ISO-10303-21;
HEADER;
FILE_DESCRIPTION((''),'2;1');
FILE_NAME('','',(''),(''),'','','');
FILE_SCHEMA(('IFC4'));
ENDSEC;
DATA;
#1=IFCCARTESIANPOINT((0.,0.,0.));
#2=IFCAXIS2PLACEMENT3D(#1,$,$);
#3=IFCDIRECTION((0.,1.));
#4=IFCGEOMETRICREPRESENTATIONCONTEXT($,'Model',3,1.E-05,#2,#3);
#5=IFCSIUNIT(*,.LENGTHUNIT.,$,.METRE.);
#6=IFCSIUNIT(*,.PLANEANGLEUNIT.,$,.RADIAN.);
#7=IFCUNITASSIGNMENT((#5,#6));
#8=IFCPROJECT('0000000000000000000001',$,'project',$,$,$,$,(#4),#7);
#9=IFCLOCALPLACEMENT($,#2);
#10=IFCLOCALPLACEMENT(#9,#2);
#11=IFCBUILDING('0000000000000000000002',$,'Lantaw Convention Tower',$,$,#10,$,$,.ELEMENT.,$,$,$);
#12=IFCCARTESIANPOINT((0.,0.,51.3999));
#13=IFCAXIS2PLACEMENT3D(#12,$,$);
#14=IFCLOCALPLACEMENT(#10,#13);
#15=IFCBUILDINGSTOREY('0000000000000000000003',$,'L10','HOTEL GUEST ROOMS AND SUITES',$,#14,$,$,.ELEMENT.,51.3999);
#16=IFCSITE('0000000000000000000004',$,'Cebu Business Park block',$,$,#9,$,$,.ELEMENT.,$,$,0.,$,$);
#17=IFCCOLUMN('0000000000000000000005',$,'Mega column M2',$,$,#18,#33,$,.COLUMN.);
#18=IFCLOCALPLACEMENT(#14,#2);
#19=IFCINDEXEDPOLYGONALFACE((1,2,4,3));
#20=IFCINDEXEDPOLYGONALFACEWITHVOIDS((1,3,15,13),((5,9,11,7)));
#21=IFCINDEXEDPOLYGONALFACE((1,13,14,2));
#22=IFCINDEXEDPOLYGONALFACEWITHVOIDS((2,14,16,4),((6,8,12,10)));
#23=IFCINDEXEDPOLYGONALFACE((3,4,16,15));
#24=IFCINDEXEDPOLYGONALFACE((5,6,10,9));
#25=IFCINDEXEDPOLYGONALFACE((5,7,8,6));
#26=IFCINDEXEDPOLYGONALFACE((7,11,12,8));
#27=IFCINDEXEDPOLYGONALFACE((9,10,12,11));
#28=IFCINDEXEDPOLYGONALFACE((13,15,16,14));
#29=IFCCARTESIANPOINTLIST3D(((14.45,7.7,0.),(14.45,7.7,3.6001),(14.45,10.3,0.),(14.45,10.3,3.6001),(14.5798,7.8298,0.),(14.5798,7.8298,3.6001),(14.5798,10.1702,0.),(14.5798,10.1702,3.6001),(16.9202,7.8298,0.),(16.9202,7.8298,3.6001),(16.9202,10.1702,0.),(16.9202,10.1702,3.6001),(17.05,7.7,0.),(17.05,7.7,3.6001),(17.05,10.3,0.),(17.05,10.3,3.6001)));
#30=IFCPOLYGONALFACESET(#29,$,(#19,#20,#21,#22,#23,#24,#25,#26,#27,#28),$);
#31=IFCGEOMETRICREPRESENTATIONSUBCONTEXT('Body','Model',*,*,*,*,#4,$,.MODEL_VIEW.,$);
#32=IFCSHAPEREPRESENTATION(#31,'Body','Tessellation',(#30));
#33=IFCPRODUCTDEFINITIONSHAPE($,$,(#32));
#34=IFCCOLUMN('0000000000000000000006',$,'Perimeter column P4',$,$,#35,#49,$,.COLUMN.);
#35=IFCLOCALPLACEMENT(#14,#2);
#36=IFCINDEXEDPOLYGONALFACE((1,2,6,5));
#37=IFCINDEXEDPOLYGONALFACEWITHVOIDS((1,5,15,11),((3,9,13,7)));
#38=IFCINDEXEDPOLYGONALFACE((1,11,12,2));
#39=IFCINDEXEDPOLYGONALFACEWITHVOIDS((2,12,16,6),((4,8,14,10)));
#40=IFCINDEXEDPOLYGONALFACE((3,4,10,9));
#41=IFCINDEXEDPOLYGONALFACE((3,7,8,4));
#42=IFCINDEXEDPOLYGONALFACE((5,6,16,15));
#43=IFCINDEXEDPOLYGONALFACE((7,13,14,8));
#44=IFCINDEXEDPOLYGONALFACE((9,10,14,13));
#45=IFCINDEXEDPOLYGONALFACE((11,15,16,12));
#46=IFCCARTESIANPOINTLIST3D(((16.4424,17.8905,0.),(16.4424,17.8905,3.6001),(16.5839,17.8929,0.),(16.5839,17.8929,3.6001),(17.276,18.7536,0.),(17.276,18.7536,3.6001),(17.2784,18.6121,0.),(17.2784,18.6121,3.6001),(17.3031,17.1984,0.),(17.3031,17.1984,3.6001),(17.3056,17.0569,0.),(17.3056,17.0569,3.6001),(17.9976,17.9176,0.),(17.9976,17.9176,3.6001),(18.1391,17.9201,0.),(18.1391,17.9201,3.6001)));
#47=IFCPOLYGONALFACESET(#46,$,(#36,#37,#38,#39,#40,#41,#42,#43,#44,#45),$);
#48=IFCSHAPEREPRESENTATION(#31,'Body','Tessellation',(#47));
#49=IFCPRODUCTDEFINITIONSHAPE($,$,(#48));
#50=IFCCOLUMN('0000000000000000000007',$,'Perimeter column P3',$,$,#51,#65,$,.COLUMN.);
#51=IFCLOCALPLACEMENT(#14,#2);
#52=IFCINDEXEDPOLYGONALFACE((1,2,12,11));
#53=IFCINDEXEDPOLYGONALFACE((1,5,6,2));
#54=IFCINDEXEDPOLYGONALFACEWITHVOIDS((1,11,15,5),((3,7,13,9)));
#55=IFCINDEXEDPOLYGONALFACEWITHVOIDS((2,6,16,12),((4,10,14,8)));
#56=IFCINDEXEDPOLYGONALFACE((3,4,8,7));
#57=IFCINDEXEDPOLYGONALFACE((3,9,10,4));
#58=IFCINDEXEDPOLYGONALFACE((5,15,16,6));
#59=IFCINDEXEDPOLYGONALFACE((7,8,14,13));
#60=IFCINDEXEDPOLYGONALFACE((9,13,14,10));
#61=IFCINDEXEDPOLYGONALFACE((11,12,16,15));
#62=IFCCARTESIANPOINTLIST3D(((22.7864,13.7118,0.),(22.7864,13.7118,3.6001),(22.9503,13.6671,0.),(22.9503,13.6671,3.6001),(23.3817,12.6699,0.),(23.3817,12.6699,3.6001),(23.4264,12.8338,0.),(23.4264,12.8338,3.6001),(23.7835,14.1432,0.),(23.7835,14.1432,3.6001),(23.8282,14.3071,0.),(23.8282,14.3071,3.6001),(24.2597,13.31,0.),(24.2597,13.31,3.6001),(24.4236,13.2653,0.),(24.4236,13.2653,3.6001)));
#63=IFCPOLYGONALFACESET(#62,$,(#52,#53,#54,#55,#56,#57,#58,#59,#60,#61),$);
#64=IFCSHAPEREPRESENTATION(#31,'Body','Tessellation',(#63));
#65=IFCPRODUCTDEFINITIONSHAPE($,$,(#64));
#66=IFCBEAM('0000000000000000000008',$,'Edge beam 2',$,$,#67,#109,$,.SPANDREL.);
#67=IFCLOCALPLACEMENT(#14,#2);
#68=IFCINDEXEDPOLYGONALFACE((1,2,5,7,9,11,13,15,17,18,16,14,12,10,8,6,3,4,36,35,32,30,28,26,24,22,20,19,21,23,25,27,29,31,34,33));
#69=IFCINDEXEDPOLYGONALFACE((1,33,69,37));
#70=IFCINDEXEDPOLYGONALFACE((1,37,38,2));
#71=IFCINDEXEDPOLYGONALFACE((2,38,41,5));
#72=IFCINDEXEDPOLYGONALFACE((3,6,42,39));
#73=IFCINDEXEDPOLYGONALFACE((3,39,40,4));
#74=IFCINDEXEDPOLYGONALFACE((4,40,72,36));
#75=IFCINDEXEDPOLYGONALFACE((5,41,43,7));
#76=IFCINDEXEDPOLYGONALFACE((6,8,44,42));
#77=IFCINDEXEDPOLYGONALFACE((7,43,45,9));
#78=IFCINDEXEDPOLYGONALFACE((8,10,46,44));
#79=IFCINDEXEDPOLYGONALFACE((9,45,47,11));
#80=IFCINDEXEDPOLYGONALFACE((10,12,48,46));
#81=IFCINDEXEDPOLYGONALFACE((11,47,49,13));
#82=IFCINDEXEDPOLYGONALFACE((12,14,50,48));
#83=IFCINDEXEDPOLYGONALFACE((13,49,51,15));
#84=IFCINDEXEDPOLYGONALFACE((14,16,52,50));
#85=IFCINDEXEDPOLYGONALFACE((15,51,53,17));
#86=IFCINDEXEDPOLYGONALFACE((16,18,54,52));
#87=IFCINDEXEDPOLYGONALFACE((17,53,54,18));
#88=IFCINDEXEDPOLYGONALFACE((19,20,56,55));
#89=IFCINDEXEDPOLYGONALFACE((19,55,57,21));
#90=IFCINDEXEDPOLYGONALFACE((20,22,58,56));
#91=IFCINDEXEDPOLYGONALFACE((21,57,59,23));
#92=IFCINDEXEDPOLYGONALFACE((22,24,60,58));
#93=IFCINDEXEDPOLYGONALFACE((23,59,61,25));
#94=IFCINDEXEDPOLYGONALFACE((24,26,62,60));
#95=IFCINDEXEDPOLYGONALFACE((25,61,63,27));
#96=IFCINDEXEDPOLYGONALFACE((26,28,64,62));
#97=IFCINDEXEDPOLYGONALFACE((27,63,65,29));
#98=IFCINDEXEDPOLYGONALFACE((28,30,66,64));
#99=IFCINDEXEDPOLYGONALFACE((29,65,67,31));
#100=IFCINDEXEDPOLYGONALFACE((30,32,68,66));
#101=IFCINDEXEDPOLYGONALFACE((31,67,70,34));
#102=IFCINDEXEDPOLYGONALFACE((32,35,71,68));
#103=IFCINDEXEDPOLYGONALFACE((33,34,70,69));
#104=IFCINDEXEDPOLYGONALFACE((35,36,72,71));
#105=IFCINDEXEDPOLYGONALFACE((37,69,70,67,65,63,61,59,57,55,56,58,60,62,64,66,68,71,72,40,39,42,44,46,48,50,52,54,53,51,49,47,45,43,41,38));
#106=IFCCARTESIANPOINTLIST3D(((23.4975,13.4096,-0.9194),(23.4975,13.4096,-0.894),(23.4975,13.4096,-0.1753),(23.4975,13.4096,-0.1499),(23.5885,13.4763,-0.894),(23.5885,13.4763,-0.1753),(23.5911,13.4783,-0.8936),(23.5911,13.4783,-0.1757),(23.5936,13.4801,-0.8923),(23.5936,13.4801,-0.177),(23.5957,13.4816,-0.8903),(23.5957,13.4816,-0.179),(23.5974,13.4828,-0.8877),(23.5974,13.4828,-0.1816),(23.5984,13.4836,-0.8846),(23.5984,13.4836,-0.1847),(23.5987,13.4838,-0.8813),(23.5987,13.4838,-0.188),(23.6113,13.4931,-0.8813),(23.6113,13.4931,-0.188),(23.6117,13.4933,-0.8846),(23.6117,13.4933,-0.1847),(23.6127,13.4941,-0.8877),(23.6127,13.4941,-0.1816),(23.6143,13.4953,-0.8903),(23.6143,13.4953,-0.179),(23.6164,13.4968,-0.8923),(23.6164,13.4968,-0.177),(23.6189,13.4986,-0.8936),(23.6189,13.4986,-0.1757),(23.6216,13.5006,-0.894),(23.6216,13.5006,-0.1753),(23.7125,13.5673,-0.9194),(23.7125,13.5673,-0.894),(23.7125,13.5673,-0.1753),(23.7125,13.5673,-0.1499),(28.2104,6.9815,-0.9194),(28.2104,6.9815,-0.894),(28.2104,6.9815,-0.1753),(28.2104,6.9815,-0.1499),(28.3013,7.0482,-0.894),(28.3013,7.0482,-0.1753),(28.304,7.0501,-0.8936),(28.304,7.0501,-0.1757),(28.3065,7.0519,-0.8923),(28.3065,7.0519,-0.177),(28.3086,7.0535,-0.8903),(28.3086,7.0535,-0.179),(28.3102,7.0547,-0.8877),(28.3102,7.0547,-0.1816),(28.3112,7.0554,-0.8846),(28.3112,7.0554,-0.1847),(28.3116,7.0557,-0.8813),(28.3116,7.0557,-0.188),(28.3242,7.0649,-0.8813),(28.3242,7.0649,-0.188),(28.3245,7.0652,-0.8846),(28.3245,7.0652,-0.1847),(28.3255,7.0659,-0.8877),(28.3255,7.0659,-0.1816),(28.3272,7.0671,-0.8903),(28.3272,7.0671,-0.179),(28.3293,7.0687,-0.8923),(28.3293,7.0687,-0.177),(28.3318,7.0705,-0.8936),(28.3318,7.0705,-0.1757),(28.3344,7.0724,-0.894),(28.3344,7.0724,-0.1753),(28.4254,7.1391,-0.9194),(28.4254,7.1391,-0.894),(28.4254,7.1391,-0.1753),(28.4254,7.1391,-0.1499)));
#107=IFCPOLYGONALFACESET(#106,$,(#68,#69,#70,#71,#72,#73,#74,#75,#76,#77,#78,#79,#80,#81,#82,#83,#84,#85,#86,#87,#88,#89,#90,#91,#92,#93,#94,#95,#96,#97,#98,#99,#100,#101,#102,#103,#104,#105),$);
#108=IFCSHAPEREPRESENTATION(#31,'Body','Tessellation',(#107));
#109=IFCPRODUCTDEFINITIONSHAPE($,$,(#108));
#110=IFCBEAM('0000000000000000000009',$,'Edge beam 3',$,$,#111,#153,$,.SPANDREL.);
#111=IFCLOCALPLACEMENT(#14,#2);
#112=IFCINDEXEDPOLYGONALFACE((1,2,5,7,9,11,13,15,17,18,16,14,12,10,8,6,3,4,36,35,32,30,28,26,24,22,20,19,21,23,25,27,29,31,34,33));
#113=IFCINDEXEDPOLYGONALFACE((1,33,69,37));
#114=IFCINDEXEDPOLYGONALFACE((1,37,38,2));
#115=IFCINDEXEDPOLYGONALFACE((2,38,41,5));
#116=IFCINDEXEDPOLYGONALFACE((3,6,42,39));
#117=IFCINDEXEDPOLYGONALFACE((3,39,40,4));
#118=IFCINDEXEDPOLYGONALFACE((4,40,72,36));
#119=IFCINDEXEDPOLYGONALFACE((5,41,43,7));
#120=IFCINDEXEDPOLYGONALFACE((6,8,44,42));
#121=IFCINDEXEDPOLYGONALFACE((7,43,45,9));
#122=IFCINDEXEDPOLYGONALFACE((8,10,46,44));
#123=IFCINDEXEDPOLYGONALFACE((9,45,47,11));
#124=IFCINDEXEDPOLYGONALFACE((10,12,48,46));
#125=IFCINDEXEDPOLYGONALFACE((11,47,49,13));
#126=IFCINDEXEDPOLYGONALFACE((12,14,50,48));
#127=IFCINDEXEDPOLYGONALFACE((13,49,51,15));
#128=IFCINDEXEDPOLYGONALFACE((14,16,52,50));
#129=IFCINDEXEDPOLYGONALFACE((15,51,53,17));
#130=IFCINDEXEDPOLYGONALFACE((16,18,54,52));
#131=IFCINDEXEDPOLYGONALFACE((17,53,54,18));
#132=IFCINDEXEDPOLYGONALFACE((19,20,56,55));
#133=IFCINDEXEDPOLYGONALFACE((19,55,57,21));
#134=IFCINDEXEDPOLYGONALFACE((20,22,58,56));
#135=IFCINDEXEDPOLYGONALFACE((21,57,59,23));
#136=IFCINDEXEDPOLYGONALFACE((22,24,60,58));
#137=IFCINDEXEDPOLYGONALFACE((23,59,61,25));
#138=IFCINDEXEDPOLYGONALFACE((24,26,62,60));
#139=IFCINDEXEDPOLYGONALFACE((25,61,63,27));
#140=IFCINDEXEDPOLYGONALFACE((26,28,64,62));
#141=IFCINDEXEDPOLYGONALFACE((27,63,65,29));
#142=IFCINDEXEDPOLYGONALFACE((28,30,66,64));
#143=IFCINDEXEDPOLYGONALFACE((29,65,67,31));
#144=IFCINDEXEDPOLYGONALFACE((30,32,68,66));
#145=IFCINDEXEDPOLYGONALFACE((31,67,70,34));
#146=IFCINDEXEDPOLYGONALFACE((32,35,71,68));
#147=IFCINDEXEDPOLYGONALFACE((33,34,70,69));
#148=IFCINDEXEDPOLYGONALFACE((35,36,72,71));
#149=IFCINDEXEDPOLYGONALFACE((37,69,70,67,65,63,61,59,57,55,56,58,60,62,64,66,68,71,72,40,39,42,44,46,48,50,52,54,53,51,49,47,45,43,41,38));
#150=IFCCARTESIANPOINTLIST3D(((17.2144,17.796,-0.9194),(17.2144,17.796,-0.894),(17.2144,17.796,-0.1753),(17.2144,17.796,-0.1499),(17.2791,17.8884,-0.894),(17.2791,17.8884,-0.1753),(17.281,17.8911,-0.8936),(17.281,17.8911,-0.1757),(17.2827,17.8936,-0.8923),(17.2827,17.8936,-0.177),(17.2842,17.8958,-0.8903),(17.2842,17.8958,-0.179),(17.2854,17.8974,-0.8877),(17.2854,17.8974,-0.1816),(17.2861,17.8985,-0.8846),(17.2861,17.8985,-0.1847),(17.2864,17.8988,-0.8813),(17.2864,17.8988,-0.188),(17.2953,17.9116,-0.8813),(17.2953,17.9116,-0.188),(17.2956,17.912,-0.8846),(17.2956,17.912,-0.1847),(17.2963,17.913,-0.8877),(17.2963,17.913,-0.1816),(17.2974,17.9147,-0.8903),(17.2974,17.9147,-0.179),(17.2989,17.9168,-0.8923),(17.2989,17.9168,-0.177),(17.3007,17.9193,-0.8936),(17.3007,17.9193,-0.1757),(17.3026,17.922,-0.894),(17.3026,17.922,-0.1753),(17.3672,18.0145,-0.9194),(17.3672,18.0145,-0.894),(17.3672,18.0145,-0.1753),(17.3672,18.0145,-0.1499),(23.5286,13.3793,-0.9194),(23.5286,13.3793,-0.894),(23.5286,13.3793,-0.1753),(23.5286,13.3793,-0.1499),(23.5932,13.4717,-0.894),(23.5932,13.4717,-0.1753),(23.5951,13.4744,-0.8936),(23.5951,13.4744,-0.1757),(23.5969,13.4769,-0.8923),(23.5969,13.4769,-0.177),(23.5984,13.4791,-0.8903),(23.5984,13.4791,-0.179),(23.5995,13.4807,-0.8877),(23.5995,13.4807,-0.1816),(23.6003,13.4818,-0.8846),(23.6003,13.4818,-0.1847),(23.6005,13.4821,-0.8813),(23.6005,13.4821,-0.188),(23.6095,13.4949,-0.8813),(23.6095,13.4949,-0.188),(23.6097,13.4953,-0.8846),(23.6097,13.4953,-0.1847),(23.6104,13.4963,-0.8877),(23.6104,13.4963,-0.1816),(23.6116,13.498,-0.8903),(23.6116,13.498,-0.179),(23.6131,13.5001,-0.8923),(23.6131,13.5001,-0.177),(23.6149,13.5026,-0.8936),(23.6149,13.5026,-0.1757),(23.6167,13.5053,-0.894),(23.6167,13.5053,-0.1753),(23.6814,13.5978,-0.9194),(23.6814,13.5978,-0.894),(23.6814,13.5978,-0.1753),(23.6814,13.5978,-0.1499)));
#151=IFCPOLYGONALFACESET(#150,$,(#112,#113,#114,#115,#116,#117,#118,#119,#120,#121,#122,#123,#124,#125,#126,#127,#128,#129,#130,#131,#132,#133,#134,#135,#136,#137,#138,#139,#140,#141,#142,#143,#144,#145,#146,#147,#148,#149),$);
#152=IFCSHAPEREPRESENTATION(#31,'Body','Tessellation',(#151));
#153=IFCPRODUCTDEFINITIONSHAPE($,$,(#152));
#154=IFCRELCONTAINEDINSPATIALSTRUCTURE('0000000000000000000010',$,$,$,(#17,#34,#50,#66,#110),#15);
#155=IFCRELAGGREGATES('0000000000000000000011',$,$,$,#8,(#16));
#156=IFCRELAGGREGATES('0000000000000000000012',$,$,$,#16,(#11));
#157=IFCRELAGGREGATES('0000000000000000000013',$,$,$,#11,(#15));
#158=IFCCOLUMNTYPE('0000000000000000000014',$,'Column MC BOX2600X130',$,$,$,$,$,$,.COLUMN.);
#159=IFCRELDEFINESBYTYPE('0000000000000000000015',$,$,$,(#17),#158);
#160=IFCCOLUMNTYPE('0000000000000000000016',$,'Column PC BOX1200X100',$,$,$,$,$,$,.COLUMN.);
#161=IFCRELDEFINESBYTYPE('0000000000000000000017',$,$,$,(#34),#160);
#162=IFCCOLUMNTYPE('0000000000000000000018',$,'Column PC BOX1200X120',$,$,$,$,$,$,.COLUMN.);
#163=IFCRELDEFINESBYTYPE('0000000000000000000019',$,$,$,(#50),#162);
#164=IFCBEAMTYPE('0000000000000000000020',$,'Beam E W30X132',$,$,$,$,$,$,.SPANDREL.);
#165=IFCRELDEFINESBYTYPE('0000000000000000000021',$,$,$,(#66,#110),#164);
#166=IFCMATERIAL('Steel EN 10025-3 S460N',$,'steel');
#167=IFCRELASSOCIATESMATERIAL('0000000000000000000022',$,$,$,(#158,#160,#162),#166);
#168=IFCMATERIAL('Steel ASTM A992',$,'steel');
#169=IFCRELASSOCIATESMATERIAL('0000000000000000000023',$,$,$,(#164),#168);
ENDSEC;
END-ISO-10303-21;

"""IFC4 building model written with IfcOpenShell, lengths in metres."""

from ifc_helpers import new_model, si_unit, direction, frame, origin, origin_2d, place, context, subcontext, project, spatial, rectangle, hollow_rectangle, i_section, extrude, material, material_profile, profile_set, type_object, element, save


model = new_model("IFC4")

# Units and contexts
model_context = context("Model", 3, precision=1e-05, world=origin(), true_north=direction((0.0, 1.0)))
body_context = subcontext(model_context, "Body", "Model", "MODEL_VIEW")
ifc_project = project(units=[si_unit("LENGTHUNIT", "METRE"), si_unit("PLANEANGLEUNIT", "RADIAN")], contexts=[model_context])

# Site, building, storey
site_placement = place(None, origin())
site = spatial("IfcSite", under=ifc_project, at=site_placement, Name="Cebu Business Park block", CompositionType="ELEMENT", RefElevation=0.0)
building_placement = place(site_placement, origin())
building = spatial("IfcBuilding", under=site, at=building_placement, Name="Lantaw Convention Tower", CompositionType="ELEMENT")
storey_placement = place(building_placement, frame((0.0, 0.0, 51.3999)))
storey = spatial("IfcBuildingStorey", under=building, at=storey_placement, Name="L10", Description="HOTEL GUEST ROOMS AND SUITES", CompositionType="ELEMENT", Elevation=51.3999)

# Columns
ifc_material_1 = material(Name="Steel EN 10025-3 S460N", Category="steel")
ifc_material_profile_1 = material_profile(ifc_material_1, hollow_rectangle(XDim=2.6001, YDim=2.6001, WallThickness=0.1299, at=origin_2d()), Name="BOX2600X130")
ifc_material_2 = material(Name="Concrete C60/75", Category="concrete")
ifc_material_profile_2 = material_profile(ifc_material_2, rectangle(XDim=2.3401, YDim=2.3401, at=origin_2d()), Name="Concrete fill of BOX2600X130")
ifc_profile_set_1 = profile_set([ifc_material_profile_1, ifc_material_profile_2], Name="Steel EN 10025-3 S460N")
column_type_1 = type_object("IfcColumnType", Name="Column MC BOX2600X130", PredefinedType="COLUMN", material=ifc_profile_set_1)
column_1_placement = place(storey_placement, frame((15.75, 9.0, 0.0), z_axis=(0.0, 0.0, 1.0), x_axis=(1.0, 0.0, 0.0)))
element("IfcColumn", 1, at=column_1_placement, inside=storey, type_object=column_type_1, Name="Mega column M2", PredefinedType="COLUMN", context=body_context, shape_type="SweptSolid", body=[
    extrude(hollow_rectangle(XDim=2.6001, YDim=2.6001, WallThickness=0.1299, at=origin_2d()), origin(), (0.0, 0.0, 1.0), 3.6001),
])
ifc_material_profile_3 = material_profile(ifc_material_1, hollow_rectangle(XDim=1.2, YDim=1.2, WallThickness=0.1001, at=origin_2d()), Name="BOX1200X100")
ifc_material_profile_4 = material_profile(ifc_material_2, rectangle(XDim=1.0, YDim=1.0, at=origin_2d()), Name="Concrete fill of BOX1200X100")
ifc_profile_set_2 = profile_set([ifc_material_profile_3, ifc_material_profile_4], Name="Steel EN 10025-3 S460N")
column_type_2 = type_object("IfcColumnType", Name="Column PC BOX1200X100", PredefinedType="COLUMN", material=ifc_profile_set_2)
column_2_placement = place(storey_placement, frame((17.2908, 17.9053, 0.0), z_axis=(0.0, 0.0, 1.0), x_axis=(0.694658, 0.71934, 0.0)))
element("IfcColumn", 2, at=column_2_placement, inside=storey, type_object=column_type_2, Name="Perimeter column P4", PredefinedType="COLUMN", context=body_context, shape_type="SweptSolid", body=[
    extrude(hollow_rectangle(XDim=1.2, YDim=1.2, WallThickness=0.1001, at=origin_2d()), origin(), (0.0, 0.0, 1.0), 3.6001),
])
ifc_material_profile_5 = material_profile(ifc_material_1, hollow_rectangle(XDim=1.2, YDim=1.2, WallThickness=0.1201, at=origin_2d()), Name="BOX1200X120")
ifc_material_profile_6 = material_profile(ifc_material_2, rectangle(XDim=0.96, YDim=0.96, at=origin_2d()), Name="Concrete fill of BOX1200X120")
ifc_profile_set_3 = profile_set([ifc_material_profile_5, ifc_material_profile_6], Name="Steel EN 10025-3 S460N")
column_type_3 = type_object("IfcColumnType", Name="Column PC BOX1200X120", PredefinedType="COLUMN", material=ifc_profile_set_3)
column_3_placement = place(storey_placement, frame((23.605, 13.4885, 0.0), z_axis=(0.0, 0.0, 1.0), x_axis=(0.868243, 0.496139, 0.0)))
element("IfcColumn", 3, at=column_3_placement, inside=storey, type_object=column_type_3, Name="Perimeter column P3", PredefinedType="COLUMN", context=body_context, shape_type="SweptSolid", body=[
    extrude(hollow_rectangle(XDim=1.2, YDim=1.2, WallThickness=0.1201, at=origin_2d()), origin(), (0.0, 0.0, 1.0), 3.6001),
])

# Beams
ifc_material_3 = material(Name="Steel ASTM A992", Category="steel")
ifc_material_profile_7 = material_profile(ifc_material_3, i_section(OverallWidth=0.2666, OverallDepth=0.7695, WebThickness=0.0156, FlangeThickness=0.0254, FilletRadius=0.0127, at=origin_2d()), Name="W30X132")
ifc_profile_set_4 = profile_set([ifc_material_profile_7], Name="Steel ASTM A992")
beam_type_1 = type_object("IfcBeamType", Name="Beam E W30X132", PredefinedType="SPANDREL", material=ifc_profile_set_4)
beam_1_placement = place(storey_placement, frame((28.3179, 7.0603, -0.5347), z_axis=(-0.591271, 0.806473, 0.0), x_axis=(-0.806473, -0.591271, 0.0)))
element("IfcBeam", 4, at=beam_1_placement, inside=storey, type_object=beam_type_1, Name="Edge beam 2", PredefinedType="SPANDREL", context=body_context, shape_type="SweptSolid", body=[
    extrude(i_section(OverallWidth=0.2666, OverallDepth=0.7695, WebThickness=0.0156, FlangeThickness=0.0254, FilletRadius=0.0127, at=origin_2d()), origin(), (0.0, 0.0, 1.0), 7.9707),
])
beam_2_placement = place(storey_placement, frame((23.605, 13.4885, -0.5347), z_axis=(-0.819427, 0.573184, 0.0), x_axis=(-0.573184, -0.819427, 0.0)))
element("IfcBeam", 5, at=beam_2_placement, inside=storey, type_object=beam_type_1, Name="Edge beam 3", PredefinedType="SPANDREL", context=body_context, shape_type="SweptSolid", body=[
    extrude(i_section(OverallWidth=0.2666, OverallDepth=0.7695, WebThickness=0.0156, FlangeThickness=0.0254, FilletRadius=0.0127, at=origin_2d()), origin(), (0.0, 0.0, 1.0), 7.7056),
])

save(model, "model.ifc")
